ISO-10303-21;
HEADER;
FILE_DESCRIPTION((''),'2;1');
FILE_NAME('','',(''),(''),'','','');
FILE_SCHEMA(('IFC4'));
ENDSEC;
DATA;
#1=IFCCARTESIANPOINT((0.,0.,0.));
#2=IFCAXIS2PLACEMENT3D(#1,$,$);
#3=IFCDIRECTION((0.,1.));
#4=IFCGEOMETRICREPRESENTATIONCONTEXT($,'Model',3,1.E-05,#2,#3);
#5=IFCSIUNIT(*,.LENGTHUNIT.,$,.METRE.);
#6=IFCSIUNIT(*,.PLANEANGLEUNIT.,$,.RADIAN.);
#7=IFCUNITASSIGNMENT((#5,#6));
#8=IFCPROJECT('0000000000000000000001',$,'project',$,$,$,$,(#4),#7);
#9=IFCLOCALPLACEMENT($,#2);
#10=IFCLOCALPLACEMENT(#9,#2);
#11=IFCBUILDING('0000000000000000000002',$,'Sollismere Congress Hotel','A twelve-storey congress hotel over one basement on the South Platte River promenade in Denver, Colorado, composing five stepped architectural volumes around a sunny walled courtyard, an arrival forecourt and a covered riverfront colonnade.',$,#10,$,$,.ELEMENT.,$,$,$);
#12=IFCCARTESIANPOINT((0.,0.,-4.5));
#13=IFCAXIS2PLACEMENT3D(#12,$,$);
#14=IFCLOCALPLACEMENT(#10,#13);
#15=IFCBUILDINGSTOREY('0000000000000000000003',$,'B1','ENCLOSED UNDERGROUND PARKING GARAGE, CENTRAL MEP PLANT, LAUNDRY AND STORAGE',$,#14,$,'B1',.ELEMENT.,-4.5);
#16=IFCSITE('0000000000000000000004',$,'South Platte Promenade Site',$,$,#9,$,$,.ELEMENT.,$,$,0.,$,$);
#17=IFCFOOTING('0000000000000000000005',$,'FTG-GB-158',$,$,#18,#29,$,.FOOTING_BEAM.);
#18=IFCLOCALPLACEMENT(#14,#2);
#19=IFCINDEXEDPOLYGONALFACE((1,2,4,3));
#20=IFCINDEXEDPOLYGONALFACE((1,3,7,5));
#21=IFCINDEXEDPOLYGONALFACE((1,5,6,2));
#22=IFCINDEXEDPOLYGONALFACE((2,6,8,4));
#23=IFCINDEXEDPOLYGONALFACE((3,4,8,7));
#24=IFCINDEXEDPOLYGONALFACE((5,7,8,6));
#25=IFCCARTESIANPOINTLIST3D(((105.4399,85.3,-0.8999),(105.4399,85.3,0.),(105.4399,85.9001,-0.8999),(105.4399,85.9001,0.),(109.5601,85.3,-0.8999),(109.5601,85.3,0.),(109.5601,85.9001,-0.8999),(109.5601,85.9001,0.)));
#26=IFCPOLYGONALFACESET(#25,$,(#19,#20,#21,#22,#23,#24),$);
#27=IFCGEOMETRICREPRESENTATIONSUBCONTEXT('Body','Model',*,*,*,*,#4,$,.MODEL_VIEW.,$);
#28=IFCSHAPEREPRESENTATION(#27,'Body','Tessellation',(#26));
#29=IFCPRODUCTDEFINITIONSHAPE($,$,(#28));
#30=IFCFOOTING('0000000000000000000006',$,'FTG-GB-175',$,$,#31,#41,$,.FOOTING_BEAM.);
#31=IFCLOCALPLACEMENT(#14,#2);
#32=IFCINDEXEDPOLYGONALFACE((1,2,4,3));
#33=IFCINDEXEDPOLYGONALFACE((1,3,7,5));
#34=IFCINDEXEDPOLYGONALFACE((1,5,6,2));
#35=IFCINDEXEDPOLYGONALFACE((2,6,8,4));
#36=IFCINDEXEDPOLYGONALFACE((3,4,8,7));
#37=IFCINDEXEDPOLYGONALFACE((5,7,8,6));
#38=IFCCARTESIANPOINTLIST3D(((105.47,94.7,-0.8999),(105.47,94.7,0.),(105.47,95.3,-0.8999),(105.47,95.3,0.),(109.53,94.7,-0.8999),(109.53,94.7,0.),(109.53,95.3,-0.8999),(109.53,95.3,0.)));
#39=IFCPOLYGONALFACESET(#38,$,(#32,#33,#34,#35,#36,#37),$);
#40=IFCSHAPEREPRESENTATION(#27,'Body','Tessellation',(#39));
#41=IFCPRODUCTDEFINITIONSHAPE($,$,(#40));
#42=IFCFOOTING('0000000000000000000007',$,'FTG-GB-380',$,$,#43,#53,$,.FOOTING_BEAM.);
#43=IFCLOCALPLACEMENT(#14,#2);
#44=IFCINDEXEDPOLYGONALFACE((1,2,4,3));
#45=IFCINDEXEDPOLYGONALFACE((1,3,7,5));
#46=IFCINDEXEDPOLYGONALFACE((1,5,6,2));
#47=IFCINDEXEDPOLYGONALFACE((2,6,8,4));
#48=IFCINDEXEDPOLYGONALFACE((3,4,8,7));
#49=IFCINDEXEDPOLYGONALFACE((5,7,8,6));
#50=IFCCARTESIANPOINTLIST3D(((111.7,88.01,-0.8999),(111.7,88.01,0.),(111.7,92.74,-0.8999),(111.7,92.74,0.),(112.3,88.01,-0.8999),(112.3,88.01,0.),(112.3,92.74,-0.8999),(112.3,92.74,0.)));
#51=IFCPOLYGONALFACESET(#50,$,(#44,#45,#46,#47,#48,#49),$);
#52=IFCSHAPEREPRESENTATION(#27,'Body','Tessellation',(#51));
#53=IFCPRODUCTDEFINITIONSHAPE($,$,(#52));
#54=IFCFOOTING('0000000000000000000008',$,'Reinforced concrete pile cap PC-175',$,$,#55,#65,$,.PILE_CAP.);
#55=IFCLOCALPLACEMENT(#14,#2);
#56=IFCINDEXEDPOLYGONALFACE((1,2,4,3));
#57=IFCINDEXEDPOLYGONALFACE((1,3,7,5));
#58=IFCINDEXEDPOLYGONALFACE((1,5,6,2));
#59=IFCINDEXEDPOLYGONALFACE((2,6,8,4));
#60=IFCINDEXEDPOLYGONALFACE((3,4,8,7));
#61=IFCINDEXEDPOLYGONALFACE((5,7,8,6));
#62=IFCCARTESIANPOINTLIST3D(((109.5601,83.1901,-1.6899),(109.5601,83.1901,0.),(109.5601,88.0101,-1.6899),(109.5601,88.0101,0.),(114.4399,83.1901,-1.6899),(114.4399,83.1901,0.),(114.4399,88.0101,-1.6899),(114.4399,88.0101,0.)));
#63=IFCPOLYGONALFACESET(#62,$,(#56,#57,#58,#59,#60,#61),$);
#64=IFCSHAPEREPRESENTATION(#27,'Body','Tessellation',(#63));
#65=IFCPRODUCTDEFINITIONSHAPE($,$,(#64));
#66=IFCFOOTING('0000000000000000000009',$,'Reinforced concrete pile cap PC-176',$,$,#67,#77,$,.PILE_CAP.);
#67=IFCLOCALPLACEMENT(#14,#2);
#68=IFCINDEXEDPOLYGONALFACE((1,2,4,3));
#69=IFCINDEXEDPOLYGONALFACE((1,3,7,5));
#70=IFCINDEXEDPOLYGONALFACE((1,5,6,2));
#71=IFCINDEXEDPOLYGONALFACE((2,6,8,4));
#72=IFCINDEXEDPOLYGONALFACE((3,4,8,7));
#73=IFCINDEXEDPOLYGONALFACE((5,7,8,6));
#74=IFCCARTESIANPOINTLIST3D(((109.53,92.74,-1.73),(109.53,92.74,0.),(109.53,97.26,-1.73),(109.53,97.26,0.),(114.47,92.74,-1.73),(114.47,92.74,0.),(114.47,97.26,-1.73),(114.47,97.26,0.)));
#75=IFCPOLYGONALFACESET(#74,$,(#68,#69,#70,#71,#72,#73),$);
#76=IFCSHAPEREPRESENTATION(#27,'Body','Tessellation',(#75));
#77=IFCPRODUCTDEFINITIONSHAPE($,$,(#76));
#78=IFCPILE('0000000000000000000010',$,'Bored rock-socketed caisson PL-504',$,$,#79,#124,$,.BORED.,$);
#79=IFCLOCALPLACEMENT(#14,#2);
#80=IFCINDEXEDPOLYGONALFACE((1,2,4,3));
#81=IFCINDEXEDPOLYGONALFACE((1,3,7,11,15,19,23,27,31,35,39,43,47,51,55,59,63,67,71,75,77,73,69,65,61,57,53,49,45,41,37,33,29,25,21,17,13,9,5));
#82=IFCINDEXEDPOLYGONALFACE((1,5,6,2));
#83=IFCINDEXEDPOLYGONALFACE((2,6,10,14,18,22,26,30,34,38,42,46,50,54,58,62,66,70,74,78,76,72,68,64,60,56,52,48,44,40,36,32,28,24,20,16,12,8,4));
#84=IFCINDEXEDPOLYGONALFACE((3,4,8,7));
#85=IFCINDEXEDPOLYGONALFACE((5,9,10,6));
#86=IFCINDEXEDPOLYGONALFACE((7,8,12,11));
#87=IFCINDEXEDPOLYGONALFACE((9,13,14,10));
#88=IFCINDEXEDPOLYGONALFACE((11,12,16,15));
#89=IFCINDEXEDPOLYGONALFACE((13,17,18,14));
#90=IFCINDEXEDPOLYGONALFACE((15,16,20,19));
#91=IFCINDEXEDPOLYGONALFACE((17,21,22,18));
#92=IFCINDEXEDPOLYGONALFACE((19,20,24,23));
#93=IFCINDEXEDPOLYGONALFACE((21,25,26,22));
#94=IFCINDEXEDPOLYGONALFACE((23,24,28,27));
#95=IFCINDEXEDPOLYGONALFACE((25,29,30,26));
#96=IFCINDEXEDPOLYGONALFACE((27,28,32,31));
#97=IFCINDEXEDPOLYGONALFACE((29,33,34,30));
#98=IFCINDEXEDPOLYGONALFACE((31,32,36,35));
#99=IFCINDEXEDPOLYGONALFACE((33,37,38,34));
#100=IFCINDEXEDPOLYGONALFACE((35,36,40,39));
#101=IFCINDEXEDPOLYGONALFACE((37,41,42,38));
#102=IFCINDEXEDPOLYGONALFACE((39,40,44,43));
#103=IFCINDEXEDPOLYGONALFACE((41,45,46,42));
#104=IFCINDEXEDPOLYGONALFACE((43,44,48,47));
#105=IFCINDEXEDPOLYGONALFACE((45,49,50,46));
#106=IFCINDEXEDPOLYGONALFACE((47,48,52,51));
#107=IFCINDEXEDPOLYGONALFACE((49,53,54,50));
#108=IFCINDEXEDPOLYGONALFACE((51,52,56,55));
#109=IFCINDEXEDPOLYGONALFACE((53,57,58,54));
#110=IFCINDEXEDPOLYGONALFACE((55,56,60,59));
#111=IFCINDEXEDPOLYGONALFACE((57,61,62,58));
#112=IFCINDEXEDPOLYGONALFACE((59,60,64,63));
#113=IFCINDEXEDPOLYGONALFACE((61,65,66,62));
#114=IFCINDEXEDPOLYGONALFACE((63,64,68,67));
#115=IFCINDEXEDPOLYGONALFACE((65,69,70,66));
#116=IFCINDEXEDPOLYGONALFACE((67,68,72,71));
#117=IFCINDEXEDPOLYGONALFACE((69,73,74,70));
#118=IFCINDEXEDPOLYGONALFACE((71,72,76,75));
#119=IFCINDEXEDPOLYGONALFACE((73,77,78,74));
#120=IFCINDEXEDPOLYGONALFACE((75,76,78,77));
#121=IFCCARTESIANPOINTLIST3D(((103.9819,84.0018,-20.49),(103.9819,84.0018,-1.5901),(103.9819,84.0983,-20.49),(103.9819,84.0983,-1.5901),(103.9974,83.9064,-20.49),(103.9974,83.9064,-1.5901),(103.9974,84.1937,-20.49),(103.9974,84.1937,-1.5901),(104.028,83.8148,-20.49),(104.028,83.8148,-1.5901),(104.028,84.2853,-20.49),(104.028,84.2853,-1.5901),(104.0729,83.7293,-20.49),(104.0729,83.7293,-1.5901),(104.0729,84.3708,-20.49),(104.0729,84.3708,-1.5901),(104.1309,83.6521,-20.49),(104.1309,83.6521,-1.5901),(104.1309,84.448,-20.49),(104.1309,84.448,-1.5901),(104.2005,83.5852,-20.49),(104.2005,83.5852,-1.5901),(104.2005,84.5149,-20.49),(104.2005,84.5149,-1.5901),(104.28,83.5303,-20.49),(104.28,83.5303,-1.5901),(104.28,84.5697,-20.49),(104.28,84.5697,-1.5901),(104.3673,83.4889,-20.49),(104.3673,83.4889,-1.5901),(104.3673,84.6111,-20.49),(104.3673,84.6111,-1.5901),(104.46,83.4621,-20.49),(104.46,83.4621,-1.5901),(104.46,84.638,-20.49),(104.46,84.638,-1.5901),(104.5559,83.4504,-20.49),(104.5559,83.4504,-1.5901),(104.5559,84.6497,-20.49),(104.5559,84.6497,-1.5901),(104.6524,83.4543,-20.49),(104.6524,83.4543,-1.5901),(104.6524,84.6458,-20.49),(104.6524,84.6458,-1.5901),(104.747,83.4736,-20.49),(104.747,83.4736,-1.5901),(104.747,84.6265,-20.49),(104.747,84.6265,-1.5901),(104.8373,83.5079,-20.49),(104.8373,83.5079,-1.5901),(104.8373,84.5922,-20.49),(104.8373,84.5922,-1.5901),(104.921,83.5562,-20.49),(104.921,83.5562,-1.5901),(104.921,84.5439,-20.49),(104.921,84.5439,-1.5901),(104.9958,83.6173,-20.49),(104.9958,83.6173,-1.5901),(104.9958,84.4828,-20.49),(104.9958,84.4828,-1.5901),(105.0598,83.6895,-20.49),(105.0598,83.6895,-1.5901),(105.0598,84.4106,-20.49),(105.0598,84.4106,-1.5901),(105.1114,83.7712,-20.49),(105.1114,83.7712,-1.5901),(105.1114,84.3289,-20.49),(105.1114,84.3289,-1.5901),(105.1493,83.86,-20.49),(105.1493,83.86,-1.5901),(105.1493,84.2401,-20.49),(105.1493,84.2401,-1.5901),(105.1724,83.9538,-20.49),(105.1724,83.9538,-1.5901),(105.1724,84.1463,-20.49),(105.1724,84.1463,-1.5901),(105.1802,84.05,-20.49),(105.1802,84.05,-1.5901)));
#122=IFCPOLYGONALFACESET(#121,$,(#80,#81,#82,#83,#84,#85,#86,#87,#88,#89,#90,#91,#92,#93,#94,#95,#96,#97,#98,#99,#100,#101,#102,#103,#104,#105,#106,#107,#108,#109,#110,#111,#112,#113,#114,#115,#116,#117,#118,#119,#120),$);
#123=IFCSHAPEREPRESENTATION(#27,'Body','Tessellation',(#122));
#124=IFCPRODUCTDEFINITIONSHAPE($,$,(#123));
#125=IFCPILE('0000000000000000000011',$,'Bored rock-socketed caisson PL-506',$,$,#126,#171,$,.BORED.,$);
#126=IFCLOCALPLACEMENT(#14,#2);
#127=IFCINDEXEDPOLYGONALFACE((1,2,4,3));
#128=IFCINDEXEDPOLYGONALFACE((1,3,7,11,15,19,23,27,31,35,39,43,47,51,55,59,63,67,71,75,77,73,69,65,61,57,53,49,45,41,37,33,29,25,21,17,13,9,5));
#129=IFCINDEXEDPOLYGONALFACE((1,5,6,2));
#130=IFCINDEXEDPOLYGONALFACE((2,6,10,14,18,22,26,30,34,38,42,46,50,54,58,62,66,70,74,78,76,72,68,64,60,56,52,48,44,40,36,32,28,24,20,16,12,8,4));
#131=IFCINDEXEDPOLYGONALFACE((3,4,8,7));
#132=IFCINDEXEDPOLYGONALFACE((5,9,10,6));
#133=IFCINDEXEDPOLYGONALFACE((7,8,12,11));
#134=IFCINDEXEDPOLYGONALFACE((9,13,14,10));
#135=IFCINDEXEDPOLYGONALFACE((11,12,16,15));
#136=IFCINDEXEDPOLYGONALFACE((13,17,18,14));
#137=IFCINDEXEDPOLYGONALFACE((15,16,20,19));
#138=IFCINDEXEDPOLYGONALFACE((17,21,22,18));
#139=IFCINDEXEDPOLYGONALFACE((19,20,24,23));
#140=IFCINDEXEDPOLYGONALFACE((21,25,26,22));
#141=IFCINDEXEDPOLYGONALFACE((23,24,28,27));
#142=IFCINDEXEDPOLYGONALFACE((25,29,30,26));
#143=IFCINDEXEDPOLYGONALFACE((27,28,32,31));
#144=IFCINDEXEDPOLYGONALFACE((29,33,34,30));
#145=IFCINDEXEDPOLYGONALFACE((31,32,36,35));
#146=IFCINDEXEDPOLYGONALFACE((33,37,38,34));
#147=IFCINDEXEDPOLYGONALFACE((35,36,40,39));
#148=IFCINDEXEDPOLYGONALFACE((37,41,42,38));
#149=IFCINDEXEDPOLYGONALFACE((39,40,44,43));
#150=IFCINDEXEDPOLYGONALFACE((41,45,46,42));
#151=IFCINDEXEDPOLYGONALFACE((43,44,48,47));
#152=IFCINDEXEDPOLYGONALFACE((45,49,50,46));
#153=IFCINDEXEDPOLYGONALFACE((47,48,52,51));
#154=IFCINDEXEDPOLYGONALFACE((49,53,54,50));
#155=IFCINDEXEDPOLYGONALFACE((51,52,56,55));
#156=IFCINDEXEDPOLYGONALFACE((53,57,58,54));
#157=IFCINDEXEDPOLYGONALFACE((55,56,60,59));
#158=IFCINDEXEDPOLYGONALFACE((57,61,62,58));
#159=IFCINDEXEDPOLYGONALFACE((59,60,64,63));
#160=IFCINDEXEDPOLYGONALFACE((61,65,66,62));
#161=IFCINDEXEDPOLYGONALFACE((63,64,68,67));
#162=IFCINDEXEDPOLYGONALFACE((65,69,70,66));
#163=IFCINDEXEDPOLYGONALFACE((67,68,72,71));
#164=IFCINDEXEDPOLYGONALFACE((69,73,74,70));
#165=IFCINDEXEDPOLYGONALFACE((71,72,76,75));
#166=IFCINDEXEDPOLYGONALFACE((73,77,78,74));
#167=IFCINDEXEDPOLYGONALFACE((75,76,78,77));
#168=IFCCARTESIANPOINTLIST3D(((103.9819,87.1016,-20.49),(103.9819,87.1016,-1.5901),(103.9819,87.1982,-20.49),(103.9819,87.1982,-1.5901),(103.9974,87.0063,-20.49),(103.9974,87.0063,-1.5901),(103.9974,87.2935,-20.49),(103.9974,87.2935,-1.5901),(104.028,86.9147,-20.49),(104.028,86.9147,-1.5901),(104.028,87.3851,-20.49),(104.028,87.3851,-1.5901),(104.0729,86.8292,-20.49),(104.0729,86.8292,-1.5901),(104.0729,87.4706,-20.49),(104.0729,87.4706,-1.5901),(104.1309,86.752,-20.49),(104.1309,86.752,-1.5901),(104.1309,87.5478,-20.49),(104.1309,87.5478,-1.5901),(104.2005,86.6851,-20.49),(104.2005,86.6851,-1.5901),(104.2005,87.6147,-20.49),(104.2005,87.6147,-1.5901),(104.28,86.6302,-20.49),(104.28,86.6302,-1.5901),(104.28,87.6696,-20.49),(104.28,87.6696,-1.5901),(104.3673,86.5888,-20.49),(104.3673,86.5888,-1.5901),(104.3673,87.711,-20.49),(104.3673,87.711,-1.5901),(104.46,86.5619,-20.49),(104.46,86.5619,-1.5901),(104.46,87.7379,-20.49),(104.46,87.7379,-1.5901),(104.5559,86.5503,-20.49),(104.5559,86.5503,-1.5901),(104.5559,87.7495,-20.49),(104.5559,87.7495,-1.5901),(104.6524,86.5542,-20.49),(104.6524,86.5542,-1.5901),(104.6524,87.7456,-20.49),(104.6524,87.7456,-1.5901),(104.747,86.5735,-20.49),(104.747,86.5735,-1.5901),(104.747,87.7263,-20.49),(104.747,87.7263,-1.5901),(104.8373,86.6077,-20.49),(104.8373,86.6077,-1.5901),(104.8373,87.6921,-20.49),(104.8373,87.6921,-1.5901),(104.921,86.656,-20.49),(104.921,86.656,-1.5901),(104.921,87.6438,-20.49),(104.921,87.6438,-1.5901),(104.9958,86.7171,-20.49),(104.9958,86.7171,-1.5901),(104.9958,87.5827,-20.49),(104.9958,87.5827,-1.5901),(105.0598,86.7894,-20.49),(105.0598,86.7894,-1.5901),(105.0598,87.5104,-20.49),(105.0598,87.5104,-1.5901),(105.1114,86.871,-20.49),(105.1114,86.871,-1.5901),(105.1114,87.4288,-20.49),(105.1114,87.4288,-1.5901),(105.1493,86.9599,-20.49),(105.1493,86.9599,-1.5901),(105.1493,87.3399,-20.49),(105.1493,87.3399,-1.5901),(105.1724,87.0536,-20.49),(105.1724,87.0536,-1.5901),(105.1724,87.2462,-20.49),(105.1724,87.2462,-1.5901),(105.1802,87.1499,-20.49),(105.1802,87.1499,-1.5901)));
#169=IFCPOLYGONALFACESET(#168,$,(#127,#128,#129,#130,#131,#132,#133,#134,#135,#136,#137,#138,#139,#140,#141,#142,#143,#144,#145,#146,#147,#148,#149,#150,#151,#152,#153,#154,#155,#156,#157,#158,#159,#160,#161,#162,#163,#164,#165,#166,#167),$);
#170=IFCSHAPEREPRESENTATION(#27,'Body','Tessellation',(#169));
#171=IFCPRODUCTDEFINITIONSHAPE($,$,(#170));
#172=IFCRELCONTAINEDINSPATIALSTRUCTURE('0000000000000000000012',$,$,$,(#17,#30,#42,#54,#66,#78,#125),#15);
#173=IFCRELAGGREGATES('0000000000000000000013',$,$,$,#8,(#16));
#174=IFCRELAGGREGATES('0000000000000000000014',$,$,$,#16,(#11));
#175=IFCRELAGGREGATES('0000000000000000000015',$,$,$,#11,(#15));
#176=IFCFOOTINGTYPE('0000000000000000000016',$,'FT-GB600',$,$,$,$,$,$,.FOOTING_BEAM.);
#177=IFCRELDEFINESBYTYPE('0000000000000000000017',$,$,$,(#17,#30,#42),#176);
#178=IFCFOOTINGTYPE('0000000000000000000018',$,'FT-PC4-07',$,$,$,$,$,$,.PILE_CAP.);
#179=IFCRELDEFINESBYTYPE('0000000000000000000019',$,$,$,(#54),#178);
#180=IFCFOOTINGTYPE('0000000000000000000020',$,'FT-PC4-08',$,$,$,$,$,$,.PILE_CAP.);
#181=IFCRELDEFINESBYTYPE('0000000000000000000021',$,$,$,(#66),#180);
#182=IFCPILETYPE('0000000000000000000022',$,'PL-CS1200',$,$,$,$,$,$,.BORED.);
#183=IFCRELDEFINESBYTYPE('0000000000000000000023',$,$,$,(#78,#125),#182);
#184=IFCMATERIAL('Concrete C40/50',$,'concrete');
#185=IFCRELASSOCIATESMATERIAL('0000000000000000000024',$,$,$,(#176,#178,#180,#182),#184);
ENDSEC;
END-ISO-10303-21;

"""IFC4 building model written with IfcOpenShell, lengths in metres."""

from ifc_helpers import new_model, si_unit, direction, frame, origin, origin_2d, place, context, subcontext, project, spatial, rectangle, circle, extrude, material, material_profile, profile_set, type_object, element, save


model = new_model("IFC4")

# Units and contexts
model_context = context("Model", 3, precision=1e-05, world=origin(), true_north=direction((0.0, 1.0)))
body_context = subcontext(model_context, "Body", "Model", "MODEL_VIEW")
ifc_project = project(units=[si_unit("LENGTHUNIT", "METRE"), si_unit("PLANEANGLEUNIT", "RADIAN")], contexts=[model_context])

# Site, building, storey
site_placement = place(None, origin())
site = spatial("IfcSite", under=ifc_project, at=site_placement, Name="South Platte Promenade Site", CompositionType="ELEMENT", RefElevation=0.0)
building_placement = place(site_placement, origin())
building = spatial("IfcBuilding", under=site, at=building_placement, Name="Sollismere Congress Hotel", Description="A twelve-storey congress hotel over one basement on the South Platte River promenade in Denver, Colorado, composing five stepped architectural volumes around a sunny walled courtyard, an arrival forecourt and a covered riverfront colonnade.", CompositionType="ELEMENT")
storey_placement = place(building_placement, frame((0.0, 0.0, -4.5)))
storey = spatial("IfcBuildingStorey", under=building, at=storey_placement, Name="B1", Description="ENCLOSED UNDERGROUND PARKING GARAGE, CENTRAL MEP PLANT, LAUNDRY AND STORAGE", LongName="B1", CompositionType="ELEMENT", Elevation=-4.5)

# Footings
ifc_material_1 = material(Name="Concrete C40/50", Category="concrete")
footing_type_1 = type_object("IfcFootingType", Name="FT-GB600", PredefinedType="FOOTING_BEAM", material=ifc_material_1)
footing_1_placement = place(storey_placement, frame((107.5, 85.6001, -0.8999), z_axis=(0.0, 0.0, 1.0), x_axis=(1.0, 0.0, 0.0)))
element("IfcFooting", 1, at=footing_1_placement, inside=storey, type_object=footing_type_1, Name="FTG-GB-158", PredefinedType="FOOTING_BEAM", context=body_context, shape_type="SweptSolid", body=[
    extrude(rectangle(XDim=4.1201, YDim=0.6001, at=origin_2d()), origin(), (0.0, 0.0, 1.0), 0.8999),
])
footing_2_placement = place(storey_placement, frame((107.5, 95.0, -0.8999), z_axis=(0.0, 0.0, 1.0), x_axis=(1.0, 0.0, 0.0)))
element("IfcFooting", 2, at=footing_2_placement, inside=storey, type_object=footing_type_1, Name="FTG-GB-175", PredefinedType="FOOTING_BEAM", context=body_context, shape_type="SweptSolid", body=[
    extrude(rectangle(XDim=4.0601, YDim=0.6001, at=origin_2d()), origin(), (0.0, 0.0, 1.0), 0.8999),
])
footing_3_placement = place(storey_placement, frame((112.0, 90.375, -0.8999), z_axis=(0.0, 0.0, 1.0), x_axis=(0.0, 1.0, 0.0)))
element("IfcFooting", 3, at=footing_3_placement, inside=storey, type_object=footing_type_1, Name="FTG-GB-380", PredefinedType="FOOTING_BEAM", context=body_context, shape_type="SweptSolid", body=[
    extrude(rectangle(XDim=4.73, YDim=0.6001, at=origin_2d()), origin(), (0.0, 0.0, 1.0), 0.8999),
])
footing_type_2 = type_object("IfcFootingType", Name="FT-PC4-07", PredefinedType="PILE_CAP", material=ifc_material_1)
footing_4_placement = place(storey_placement, frame((112.0, 85.6001, -1.6899), z_axis=(0.0, 0.0, 1.0), x_axis=(1.0, 0.0, 0.0)))
element("IfcFooting", 4, at=footing_4_placement, inside=storey, type_object=footing_type_2, Name="Reinforced concrete pile cap PC-175", PredefinedType="PILE_CAP", context=body_context, shape_type="SweptSolid", body=[
    extrude(rectangle(XDim=4.8799, YDim=4.8201, at=origin_2d()), origin(), (0.0, 0.0, 1.0), 1.6899),
])
footing_type_3 = type_object("IfcFootingType", Name="FT-PC4-08", PredefinedType="PILE_CAP", material=ifc_material_1)
footing_5_placement = place(storey_placement, frame((112.0, 95.0, -1.73), z_axis=(0.0, 0.0, 1.0), x_axis=(1.0, 0.0, 0.0)))
element("IfcFooting", 5, at=footing_5_placement, inside=storey, type_object=footing_type_3, Name="Reinforced concrete pile cap PC-176", PredefinedType="PILE_CAP", context=body_context, shape_type="SweptSolid", body=[
    extrude(rectangle(XDim=4.9399, YDim=4.52, at=origin_2d()), origin(), (0.0, 0.0, 1.0), 1.73),
])

# Piles
ifc_material_profile_1 = material_profile(ifc_material_1, circle(Radius=0.6001, at=origin_2d()), Name="CAISSON1200")
ifc_profile_set_1 = profile_set([ifc_material_profile_1], Name="Concrete C40/50")
pile_type = type_object("IfcPileType", Name="PL-CS1200", PredefinedType="BORED", material=ifc_profile_set_1)
for number, where, z_axis, x_axis, name in (
    (6, (104.5801, 84.05, -1.5901), (0.0, 0.0, -1.0), (1.0, 0.0, 0.0), "Bored rock-socketed caisson PL-504"),
    (7, (104.5801, 87.1499, -1.5901), (0.0, 0.0, -1.0), (1.0, 0.0, 0.0), "Bored rock-socketed caisson PL-506"),
):
    element("IfcPile", number, at=place(storey_placement, frame(where, z_axis=z_axis, x_axis=x_axis)), inside=storey, type_object=pile_type, Name=name, PredefinedType="BORED", context=body_context, shape_type="SweptSolid", body=[
        extrude(circle(Radius=0.6001, at=origin_2d()), origin(), (0.0, 0.0, 1.0), 18.8999),
    ])

save(model, "model.ifc")
